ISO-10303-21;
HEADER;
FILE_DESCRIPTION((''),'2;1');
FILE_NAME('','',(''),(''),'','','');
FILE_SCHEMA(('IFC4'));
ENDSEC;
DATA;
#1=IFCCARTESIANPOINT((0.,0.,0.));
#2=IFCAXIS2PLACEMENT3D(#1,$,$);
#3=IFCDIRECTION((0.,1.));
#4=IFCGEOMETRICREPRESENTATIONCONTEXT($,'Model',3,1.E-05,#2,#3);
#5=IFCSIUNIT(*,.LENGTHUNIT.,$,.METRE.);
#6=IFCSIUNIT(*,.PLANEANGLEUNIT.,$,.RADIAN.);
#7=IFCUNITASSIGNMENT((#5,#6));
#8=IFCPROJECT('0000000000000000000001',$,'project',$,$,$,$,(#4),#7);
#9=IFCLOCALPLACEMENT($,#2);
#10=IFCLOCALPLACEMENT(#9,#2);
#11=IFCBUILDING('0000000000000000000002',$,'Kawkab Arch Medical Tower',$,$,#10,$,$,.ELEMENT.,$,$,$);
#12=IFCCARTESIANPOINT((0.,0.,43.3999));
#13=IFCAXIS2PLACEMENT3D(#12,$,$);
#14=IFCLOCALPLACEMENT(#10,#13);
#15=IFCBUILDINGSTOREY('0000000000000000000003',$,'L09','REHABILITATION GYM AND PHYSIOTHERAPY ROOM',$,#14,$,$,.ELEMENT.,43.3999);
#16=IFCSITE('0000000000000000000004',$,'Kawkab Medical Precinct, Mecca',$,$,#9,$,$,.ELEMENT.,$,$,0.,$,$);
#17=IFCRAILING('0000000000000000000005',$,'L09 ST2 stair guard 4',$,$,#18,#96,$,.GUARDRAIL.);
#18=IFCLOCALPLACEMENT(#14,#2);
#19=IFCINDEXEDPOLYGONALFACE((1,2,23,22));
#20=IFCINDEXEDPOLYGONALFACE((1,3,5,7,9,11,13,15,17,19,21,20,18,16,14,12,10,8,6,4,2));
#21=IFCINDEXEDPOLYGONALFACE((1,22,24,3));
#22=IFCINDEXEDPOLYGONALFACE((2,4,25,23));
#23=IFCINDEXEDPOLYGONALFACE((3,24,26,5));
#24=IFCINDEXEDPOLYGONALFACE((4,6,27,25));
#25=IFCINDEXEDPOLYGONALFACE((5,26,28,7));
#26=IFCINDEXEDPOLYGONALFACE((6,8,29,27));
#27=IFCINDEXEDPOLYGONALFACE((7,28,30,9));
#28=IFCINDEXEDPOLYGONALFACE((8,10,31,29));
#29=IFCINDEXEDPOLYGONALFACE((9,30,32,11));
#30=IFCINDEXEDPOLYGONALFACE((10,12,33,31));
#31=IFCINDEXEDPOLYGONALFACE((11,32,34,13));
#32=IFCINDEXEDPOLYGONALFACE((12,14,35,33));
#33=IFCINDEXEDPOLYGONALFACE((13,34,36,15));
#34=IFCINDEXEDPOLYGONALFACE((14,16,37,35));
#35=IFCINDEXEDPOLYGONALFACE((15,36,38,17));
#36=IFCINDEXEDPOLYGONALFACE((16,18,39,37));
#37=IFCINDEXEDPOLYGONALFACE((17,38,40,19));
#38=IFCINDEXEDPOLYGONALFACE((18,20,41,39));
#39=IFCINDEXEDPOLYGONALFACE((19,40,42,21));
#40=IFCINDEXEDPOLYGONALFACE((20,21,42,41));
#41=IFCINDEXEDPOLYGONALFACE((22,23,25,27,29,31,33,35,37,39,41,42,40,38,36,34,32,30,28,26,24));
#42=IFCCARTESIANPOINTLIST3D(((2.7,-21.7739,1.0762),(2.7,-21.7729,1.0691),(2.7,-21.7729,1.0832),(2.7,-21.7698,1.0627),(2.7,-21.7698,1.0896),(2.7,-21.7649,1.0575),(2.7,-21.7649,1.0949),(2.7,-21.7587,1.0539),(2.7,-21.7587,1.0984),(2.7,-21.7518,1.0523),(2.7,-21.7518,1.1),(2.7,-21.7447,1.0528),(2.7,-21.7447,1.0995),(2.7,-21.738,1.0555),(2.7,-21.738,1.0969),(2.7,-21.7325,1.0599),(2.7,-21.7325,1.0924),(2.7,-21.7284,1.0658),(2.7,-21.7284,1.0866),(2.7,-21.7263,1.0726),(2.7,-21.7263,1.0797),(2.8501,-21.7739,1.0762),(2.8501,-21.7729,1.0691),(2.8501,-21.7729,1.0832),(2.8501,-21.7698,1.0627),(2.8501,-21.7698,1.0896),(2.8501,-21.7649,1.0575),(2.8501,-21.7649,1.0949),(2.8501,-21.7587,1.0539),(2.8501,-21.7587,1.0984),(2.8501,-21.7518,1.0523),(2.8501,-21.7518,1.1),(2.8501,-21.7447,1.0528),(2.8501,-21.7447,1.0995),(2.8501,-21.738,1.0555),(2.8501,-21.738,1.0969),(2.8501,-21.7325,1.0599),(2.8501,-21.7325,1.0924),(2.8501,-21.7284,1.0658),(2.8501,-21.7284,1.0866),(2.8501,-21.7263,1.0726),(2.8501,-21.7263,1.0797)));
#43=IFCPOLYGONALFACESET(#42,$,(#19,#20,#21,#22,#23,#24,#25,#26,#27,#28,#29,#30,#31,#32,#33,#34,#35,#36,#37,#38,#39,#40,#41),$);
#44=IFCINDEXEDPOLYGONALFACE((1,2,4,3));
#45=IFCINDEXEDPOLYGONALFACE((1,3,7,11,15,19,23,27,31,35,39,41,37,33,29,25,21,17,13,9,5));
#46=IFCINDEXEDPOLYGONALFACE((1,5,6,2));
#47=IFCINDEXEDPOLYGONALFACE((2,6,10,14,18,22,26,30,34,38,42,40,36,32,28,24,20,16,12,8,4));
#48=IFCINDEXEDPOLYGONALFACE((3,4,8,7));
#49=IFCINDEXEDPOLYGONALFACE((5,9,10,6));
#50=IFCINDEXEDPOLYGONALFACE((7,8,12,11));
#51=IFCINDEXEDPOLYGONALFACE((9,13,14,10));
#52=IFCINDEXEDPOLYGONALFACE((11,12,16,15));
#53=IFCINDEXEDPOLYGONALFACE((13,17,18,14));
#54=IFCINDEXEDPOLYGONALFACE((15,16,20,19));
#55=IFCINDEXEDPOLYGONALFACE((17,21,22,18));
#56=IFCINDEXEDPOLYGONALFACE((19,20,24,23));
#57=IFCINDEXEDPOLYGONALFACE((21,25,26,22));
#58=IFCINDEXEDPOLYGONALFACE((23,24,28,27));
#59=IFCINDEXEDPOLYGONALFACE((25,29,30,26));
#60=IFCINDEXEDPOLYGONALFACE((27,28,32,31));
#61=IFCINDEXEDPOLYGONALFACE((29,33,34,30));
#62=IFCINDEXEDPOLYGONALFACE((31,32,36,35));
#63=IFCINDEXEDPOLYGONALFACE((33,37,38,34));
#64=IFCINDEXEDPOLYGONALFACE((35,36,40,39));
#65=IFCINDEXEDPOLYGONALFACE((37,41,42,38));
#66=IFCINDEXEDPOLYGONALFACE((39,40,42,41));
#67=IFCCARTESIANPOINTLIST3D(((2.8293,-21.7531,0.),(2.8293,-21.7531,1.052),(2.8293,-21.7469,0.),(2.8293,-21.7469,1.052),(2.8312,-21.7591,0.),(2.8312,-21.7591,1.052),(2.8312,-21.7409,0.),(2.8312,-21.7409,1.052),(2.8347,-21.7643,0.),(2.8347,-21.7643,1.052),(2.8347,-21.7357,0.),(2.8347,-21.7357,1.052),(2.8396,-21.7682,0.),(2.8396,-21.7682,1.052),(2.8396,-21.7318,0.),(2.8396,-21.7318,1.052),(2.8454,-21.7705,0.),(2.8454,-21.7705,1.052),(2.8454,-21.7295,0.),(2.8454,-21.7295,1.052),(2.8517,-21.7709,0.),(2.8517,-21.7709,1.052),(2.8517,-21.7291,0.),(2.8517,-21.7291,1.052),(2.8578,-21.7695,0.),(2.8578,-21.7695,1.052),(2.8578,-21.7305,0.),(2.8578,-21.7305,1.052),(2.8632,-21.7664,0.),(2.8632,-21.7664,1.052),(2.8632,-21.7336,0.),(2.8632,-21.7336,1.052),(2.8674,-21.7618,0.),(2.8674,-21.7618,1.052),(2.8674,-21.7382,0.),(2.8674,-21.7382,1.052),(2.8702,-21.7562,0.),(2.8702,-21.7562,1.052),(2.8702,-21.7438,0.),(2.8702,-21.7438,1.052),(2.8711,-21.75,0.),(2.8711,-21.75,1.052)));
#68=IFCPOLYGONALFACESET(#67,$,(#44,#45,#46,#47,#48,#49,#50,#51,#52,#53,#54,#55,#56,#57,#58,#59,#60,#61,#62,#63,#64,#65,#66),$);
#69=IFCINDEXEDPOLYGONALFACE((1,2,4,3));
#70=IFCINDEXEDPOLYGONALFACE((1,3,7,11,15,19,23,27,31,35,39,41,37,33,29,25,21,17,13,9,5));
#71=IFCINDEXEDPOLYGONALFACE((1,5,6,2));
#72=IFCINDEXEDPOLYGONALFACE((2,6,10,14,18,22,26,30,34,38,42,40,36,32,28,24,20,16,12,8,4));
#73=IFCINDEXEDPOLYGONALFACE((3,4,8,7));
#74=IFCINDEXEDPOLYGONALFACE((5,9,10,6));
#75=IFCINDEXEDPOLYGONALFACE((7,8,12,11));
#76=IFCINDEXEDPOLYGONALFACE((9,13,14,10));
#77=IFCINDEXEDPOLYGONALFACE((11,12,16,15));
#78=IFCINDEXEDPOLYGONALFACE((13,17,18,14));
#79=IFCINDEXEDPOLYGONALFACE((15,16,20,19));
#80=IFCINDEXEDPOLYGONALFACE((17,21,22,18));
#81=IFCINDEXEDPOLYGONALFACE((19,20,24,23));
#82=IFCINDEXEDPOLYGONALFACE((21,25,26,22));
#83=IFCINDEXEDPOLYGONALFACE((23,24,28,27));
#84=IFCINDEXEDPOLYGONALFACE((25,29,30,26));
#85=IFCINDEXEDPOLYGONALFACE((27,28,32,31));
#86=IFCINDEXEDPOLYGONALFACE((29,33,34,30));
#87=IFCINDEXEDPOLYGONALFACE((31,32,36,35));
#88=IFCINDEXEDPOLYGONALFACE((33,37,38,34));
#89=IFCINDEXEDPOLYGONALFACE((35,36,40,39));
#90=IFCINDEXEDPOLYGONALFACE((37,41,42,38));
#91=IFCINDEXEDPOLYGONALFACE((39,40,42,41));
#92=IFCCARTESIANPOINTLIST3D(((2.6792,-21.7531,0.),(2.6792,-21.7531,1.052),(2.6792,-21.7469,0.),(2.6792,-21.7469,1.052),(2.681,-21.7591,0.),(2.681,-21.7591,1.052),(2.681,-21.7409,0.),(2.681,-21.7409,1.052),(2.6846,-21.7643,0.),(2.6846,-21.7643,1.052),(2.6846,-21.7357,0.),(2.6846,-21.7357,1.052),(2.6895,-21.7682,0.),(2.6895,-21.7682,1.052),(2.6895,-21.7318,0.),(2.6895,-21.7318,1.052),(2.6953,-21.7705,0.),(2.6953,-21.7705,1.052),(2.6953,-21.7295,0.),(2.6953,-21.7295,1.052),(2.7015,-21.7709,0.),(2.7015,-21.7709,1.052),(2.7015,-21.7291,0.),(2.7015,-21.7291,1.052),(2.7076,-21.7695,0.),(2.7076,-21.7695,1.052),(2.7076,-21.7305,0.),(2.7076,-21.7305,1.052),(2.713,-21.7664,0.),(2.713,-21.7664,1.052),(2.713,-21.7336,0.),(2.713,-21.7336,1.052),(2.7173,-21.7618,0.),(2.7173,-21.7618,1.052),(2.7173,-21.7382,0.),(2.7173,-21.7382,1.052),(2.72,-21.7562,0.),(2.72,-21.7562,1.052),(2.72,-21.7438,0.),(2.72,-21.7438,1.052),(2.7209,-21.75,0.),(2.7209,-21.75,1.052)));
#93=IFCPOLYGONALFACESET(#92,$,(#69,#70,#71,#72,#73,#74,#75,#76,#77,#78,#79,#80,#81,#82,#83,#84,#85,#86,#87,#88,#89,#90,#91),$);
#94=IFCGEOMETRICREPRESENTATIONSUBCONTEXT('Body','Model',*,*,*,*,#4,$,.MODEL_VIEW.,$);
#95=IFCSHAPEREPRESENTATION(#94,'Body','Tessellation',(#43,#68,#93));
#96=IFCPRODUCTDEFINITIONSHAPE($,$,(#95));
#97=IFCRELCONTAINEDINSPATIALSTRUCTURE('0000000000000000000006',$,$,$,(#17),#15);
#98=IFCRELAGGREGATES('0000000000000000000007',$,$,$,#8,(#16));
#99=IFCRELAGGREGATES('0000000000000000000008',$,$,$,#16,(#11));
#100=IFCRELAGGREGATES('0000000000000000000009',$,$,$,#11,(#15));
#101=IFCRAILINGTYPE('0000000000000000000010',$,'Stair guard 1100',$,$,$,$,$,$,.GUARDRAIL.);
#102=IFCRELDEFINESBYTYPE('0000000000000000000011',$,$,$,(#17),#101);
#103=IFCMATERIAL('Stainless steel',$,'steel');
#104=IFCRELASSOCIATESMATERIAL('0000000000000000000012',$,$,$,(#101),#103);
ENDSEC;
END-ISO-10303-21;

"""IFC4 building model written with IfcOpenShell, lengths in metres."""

from ifc_helpers import new_model, si_unit, direction, frame, origin, origin_2d, place, context, subcontext, project, spatial, circle, extrude, material, type_object, element, save


model = new_model("IFC4")

# Units and contexts
model_context = context("Model", 3, precision=1e-05, world=origin(), true_north=direction((0.0, 1.0)))
body_context = subcontext(model_context, "Body", "Model", "MODEL_VIEW")
ifc_project = project(units=[si_unit("LENGTHUNIT", "METRE"), si_unit("PLANEANGLEUNIT", "RADIAN")], contexts=[model_context])

# Site, building, storey
site_placement = place(None, origin())
site = spatial("IfcSite", under=ifc_project, at=site_placement, Name="Kawkab Medical Precinct, Mecca", CompositionType="ELEMENT", RefElevation=0.0)
building_placement = place(site_placement, origin())
building = spatial("IfcBuilding", under=site, at=building_placement, Name="Kawkab Arch Medical Tower", CompositionType="ELEMENT")
storey_placement = place(building_placement, frame((0.0, 0.0, 43.3999)))
storey = spatial("IfcBuildingStorey", under=building, at=storey_placement, Name="L09", Description="REHABILITATION GYM AND PHYSIOTHERAPY ROOM", CompositionType="ELEMENT", Elevation=43.3999)

# Railing
ifc_material_1 = material(Name="Stainless steel", Category="steel")
railing_type = type_object("IfcRailingType", Name="Stair guard 1100", PredefinedType="GUARDRAIL", material=ifc_material_1)
railing_1_placement = place(storey_placement, frame((2.8501, -21.75, 0.0)))
element("IfcRailing", 1, at=railing_1_placement, inside=storey, type_object=railing_type, Name="L09 ST2 stair guard 4", PredefinedType="GUARDRAIL", context=body_context, shape_type="SweptSolid", body=[
    extrude(circle(Radius=0.0239, at=origin_2d()), frame((0.0, 0.0, 1.0762), z_axis=(-1.0, 0.0, 0.0), x_axis=(0.0, -1.0, 0.0)), (0.0, 0.0, 1.0), 0.1501),
    extrude(circle(Radius=0.021, at=origin_2d()), origin(), (0.0, 0.0, 1.0), 1.052),
    extrude(circle(Radius=0.021, at=origin_2d()), frame((-0.1501, 0.0, 0.0)), (0.0, 0.0, 1.0), 1.052),
])

save(model, "model.ifc")
